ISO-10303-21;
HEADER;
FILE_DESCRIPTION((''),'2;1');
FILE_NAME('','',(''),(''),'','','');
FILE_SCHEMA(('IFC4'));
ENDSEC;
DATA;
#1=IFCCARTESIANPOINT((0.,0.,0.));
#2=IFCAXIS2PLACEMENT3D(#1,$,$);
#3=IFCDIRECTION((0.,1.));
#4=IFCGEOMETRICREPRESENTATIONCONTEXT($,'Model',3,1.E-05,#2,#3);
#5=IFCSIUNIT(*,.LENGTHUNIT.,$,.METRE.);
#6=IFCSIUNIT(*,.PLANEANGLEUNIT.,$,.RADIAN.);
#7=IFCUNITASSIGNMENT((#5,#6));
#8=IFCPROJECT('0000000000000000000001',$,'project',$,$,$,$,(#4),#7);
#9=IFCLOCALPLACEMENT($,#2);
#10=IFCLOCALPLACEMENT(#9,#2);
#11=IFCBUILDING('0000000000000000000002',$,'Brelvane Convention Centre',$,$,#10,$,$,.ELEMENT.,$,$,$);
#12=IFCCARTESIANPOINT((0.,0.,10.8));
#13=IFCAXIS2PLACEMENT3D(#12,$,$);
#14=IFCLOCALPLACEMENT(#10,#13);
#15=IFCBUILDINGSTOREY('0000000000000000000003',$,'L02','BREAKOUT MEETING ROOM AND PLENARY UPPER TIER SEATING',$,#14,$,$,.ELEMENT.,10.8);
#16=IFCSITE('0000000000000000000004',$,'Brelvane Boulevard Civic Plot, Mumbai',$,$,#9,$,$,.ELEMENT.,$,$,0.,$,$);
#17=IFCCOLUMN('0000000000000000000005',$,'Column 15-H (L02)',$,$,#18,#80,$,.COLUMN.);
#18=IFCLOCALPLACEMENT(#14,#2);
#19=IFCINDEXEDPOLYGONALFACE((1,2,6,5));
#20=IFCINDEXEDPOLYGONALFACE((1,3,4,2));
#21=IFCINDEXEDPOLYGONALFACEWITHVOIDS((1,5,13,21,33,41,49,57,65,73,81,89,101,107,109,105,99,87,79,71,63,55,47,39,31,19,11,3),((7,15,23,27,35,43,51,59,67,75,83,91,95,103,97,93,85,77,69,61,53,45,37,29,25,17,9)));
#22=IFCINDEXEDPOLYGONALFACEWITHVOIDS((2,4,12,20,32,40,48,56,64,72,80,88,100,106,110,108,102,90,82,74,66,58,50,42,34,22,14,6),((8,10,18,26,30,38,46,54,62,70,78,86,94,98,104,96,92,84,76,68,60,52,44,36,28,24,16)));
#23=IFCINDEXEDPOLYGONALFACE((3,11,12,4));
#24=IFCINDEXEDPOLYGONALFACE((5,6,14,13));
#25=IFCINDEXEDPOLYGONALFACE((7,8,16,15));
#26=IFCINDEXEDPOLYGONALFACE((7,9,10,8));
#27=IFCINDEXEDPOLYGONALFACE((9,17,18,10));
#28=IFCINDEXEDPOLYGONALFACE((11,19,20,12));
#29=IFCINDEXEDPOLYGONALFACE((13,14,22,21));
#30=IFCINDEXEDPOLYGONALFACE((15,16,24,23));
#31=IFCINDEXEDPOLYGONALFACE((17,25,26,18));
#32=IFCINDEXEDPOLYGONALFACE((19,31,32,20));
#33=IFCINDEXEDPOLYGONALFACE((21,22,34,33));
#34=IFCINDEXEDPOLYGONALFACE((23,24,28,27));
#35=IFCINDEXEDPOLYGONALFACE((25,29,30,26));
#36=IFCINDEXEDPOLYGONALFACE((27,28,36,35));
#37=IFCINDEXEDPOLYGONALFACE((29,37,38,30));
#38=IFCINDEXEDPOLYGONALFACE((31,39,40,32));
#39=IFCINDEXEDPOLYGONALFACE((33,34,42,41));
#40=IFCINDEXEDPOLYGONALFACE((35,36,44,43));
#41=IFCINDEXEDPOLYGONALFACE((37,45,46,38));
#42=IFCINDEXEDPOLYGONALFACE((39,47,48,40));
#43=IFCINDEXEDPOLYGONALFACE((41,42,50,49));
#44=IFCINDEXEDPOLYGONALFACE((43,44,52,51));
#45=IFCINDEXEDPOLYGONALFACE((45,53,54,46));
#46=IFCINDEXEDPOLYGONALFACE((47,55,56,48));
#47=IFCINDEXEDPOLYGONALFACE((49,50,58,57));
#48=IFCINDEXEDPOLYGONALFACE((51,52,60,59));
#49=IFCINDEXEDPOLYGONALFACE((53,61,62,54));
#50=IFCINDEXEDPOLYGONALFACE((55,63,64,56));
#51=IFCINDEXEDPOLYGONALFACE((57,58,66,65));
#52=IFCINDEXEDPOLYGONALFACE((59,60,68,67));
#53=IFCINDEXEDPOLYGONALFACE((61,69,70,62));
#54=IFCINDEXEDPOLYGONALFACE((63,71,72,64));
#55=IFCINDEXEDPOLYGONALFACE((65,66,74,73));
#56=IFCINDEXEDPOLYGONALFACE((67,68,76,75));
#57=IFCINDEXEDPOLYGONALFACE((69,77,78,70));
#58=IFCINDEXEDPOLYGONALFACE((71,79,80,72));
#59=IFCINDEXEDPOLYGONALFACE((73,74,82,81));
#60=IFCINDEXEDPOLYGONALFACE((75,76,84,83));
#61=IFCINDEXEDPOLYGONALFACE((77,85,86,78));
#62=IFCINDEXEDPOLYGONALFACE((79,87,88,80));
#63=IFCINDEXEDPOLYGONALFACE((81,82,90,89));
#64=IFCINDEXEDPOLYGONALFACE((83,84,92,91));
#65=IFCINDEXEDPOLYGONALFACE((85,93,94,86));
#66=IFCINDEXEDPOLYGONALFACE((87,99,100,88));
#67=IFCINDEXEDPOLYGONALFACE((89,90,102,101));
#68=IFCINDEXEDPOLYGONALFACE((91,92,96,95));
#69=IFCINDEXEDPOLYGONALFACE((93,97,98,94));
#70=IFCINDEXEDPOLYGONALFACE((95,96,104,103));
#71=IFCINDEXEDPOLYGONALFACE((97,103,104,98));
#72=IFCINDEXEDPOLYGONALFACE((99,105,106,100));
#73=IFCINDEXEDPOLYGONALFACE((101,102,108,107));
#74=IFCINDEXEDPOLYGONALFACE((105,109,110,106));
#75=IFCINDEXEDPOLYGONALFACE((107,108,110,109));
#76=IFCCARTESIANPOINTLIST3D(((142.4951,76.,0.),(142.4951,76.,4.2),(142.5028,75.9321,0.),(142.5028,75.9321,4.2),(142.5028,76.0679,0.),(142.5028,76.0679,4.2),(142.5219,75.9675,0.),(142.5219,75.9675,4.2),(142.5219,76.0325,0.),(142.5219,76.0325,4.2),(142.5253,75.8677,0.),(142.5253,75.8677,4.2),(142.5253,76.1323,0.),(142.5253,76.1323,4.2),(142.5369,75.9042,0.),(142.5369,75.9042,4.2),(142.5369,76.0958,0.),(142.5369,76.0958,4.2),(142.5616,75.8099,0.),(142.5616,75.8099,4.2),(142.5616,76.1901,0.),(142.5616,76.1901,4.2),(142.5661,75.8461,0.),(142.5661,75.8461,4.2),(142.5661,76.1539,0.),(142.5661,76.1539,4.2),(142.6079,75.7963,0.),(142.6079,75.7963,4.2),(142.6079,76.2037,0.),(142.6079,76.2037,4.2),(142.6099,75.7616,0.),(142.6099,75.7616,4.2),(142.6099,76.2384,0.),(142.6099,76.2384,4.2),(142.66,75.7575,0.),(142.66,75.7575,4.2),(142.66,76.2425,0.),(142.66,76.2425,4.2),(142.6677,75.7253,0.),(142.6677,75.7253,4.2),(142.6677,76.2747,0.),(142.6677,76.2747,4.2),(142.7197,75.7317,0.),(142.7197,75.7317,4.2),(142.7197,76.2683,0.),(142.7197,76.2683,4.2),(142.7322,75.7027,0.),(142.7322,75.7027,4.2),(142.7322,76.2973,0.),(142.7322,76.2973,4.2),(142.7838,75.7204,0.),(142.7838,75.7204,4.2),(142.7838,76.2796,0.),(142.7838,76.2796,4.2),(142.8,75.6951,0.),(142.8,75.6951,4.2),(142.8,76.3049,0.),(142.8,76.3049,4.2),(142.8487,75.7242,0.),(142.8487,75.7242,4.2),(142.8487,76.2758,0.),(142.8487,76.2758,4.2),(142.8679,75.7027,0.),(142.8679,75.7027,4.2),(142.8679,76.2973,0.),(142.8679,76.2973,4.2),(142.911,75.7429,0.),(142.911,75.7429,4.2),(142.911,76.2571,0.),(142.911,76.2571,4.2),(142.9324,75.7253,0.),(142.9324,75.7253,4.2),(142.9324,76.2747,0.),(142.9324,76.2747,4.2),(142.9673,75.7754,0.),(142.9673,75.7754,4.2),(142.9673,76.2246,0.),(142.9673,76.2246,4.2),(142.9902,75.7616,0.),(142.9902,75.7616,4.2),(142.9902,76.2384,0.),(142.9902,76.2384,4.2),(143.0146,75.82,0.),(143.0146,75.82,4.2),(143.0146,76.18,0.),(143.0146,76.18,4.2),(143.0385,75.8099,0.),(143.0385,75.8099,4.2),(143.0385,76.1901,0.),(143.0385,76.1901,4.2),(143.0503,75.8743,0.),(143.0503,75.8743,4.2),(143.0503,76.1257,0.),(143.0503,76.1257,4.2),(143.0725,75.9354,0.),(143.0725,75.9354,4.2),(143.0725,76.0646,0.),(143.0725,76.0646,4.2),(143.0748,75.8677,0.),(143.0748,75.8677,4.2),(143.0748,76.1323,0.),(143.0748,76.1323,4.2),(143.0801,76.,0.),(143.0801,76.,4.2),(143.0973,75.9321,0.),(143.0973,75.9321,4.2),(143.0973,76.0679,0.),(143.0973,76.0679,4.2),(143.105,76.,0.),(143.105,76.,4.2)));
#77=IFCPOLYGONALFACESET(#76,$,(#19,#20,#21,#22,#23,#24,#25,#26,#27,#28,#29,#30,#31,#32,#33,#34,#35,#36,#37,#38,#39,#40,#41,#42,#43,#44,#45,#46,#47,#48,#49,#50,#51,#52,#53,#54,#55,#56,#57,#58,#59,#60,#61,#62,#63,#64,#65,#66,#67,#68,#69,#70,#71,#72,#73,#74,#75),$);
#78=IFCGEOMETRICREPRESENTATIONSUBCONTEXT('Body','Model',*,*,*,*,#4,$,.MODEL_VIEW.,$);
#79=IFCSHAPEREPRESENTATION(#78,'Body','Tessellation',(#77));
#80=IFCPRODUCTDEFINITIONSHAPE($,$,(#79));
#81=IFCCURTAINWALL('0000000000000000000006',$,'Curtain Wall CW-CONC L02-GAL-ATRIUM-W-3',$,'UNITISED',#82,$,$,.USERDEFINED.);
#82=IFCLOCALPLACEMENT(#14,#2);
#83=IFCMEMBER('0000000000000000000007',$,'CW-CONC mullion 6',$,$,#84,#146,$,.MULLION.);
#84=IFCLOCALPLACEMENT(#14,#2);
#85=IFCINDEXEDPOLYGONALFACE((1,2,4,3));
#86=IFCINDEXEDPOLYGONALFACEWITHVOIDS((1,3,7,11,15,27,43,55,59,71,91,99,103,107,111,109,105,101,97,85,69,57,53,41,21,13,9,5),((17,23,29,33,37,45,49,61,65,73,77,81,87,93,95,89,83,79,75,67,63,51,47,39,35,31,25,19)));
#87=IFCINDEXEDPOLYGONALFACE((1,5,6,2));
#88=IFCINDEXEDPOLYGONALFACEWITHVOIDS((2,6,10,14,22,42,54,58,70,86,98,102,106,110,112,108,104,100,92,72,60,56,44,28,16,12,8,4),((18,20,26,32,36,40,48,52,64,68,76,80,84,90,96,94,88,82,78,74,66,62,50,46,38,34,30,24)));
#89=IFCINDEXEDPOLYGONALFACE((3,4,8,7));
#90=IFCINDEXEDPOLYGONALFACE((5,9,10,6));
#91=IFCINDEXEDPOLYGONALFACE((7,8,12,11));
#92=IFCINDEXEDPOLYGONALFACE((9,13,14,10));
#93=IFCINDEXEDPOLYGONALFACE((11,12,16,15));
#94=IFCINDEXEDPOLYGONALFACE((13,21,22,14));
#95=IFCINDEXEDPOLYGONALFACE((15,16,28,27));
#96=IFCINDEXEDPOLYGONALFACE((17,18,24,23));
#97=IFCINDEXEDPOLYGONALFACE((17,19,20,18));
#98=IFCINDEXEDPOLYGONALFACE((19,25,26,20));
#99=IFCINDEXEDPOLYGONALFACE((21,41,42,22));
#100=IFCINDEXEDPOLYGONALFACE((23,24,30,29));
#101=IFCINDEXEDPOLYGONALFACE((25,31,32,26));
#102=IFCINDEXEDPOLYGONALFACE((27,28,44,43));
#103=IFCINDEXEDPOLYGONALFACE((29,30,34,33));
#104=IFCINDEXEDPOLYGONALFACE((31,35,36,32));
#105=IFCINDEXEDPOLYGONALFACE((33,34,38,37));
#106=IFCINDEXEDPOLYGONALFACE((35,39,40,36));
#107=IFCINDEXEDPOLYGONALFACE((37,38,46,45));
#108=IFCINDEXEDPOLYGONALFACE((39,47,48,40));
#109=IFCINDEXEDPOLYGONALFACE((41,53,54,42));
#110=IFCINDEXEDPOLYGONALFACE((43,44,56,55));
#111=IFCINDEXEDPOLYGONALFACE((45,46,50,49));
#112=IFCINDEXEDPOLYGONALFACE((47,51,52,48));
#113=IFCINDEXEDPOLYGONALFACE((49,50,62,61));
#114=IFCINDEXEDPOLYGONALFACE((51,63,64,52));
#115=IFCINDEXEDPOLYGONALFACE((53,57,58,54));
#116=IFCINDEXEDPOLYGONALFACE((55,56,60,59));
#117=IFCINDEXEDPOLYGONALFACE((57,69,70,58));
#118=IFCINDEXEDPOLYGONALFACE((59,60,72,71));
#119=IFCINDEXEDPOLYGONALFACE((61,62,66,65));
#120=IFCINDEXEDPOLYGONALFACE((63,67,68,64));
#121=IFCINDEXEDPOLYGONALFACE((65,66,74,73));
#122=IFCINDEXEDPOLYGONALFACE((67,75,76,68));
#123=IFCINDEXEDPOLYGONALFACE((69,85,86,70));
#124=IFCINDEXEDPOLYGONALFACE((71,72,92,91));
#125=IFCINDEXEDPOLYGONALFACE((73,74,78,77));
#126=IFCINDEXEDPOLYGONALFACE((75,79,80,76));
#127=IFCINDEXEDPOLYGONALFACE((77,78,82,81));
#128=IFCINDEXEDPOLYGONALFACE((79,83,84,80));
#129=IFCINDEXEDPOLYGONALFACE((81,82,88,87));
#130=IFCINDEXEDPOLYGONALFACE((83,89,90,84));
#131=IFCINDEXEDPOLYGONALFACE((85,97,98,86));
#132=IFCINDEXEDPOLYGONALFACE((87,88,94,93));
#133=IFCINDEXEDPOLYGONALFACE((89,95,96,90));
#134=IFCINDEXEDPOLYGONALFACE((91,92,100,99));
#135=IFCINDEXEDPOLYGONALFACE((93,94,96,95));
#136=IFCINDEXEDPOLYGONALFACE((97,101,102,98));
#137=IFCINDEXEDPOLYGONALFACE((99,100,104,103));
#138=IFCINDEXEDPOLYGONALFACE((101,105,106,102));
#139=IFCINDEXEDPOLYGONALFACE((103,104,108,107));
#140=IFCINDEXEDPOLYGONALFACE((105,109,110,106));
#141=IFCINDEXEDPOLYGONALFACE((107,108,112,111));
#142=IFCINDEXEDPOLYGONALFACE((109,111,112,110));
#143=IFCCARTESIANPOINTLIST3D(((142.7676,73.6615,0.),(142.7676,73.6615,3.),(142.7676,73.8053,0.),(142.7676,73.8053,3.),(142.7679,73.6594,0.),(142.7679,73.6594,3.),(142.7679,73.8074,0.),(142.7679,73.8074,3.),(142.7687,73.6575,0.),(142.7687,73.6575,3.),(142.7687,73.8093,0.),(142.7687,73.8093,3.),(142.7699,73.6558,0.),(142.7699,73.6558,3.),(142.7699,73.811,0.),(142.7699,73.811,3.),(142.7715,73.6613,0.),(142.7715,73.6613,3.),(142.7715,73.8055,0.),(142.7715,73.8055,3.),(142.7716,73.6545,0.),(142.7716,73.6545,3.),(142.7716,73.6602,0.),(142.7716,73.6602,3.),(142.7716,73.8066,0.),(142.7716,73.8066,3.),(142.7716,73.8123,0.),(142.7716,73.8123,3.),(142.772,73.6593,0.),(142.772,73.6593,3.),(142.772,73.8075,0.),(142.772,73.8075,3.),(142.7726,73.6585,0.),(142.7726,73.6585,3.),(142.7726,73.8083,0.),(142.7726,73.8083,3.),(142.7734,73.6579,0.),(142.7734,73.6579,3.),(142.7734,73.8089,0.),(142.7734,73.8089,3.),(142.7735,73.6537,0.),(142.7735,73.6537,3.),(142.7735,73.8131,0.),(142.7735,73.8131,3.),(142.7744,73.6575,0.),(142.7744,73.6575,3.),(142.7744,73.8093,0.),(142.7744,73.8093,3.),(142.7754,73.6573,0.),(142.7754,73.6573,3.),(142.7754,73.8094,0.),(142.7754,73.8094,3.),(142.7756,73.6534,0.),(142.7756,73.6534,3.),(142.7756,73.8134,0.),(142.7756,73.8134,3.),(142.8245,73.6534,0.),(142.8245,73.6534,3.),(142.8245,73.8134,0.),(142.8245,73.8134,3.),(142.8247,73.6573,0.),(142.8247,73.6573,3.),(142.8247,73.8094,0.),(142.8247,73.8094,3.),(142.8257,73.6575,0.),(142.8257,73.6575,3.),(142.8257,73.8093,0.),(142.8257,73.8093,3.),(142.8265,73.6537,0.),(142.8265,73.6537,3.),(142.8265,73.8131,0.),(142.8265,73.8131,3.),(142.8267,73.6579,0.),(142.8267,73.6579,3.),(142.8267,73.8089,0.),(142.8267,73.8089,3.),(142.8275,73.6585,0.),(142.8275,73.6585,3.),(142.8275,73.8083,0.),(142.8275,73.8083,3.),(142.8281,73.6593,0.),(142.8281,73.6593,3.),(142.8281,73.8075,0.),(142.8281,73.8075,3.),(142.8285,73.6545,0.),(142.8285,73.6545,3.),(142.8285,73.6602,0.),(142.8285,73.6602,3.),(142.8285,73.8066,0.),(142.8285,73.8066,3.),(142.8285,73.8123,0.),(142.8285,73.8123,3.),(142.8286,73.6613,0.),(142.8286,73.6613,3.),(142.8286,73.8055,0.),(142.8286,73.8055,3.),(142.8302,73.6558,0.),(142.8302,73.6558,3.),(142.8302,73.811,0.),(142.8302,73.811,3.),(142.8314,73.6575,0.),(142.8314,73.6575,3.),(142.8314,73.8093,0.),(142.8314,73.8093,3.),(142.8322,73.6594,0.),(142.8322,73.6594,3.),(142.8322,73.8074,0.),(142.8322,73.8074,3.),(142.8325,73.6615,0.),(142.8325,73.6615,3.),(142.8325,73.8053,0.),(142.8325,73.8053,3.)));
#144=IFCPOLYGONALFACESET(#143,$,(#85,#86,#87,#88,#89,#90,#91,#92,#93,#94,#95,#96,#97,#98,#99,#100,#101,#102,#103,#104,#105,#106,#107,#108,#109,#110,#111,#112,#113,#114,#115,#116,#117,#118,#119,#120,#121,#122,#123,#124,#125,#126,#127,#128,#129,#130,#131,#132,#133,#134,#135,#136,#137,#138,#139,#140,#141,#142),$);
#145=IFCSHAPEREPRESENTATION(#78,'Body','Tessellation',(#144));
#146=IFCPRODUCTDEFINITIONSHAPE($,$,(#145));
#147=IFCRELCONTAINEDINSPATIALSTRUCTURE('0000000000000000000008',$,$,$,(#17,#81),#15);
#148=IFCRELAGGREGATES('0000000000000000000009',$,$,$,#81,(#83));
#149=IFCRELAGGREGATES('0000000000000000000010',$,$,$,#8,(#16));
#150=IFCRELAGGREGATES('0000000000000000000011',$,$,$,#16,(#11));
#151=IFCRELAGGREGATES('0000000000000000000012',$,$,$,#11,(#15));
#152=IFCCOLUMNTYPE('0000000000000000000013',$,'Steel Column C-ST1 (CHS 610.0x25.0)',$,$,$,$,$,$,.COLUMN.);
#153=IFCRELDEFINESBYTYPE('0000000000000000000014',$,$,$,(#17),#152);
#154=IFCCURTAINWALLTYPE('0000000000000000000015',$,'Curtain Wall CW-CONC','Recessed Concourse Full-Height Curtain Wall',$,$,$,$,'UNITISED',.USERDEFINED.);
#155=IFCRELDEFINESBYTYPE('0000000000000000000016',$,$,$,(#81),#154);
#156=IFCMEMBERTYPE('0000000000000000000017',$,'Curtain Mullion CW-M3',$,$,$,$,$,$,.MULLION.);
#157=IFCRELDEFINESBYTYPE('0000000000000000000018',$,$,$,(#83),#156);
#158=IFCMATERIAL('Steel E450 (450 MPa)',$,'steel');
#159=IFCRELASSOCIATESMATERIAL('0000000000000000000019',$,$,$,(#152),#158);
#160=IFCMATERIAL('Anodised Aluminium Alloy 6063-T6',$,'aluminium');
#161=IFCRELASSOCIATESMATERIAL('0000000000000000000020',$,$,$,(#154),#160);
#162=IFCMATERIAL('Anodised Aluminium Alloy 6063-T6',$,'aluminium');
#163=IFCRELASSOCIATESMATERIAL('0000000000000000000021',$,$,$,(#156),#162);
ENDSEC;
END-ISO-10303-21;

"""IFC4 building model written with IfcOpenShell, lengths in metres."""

from ifc_helpers import new_model, si_unit, direction, frame, origin, origin_2d, place, context, subcontext, project, spatial, hollow_rectangle, hollow_circle, extrude, material, material_profile, profile_set, type_object, element, aggregate, save


model = new_model("IFC4")

# Units and contexts
model_context = context("Model", 3, precision=1e-05, world=origin(), true_north=direction((0.0, 1.0)))
body_context = subcontext(model_context, "Body", "Model", "MODEL_VIEW")
ifc_project = project(units=[si_unit("LENGTHUNIT", "METRE"), si_unit("PLANEANGLEUNIT", "RADIAN")], contexts=[model_context])

# Site, building, storey
site_placement = place(None, origin())
site = spatial("IfcSite", under=ifc_project, at=site_placement, Name="Brelvane Boulevard Civic Plot, Mumbai", CompositionType="ELEMENT", RefElevation=0.0)
building_placement = place(site_placement, origin())
building = spatial("IfcBuilding", under=site, at=building_placement, Name="Brelvane Convention Centre", CompositionType="ELEMENT")
storey_placement = place(building_placement, frame((0.0, 0.0, 10.8)))
storey = spatial("IfcBuildingStorey", under=building, at=storey_placement, Name="L02", Description="BREAKOUT MEETING ROOM AND PLENARY UPPER TIER SEATING", CompositionType="ELEMENT", Elevation=10.8)

# Column
ifc_material_1 = material(Name="Steel E450 (450 MPa)", Category="steel")
ifc_material_profile_1 = material_profile(ifc_material_1, hollow_circle(Radius=0.3049, WallThickness=0.0249, at=origin_2d()), Name="CHS 610.0x25.0")
ifc_profile_set_1 = profile_set([ifc_material_profile_1], Name="Steel E450 (450 MPa)")
column_type = type_object("IfcColumnType", Name="Steel Column C-ST1 (CHS 610.0x25.0)", PredefinedType="COLUMN", material=ifc_profile_set_1)
column_placement = place(storey_placement, frame((142.8, 76.0, 0.0), z_axis=(0.0, 0.0, 1.0), x_axis=(1.0, 0.0, 0.0)))
element("IfcColumn", 1, at=column_placement, inside=storey, type_object=column_type, Name="Column 15-H (L02)", PredefinedType="COLUMN", context=body_context, shape_type="SweptSolid", body=[
    extrude(hollow_circle(Radius=0.3049, WallThickness=0.0249, at=origin_2d()), origin(), (0.0, 0.0, 1.0), 4.2),
])

# Curtain wall, member
ifc_material_2 = material(Name="Anodised Aluminium Alloy 6063-T6", Category="aluminium")
curtain_wall_type = type_object("IfcCurtainWallType", Name="Curtain Wall CW-CONC", Description="Recessed Concourse Full-Height Curtain Wall", ElementType="UNITISED", PredefinedType="USERDEFINED", material=ifc_material_2)
curtain_wall_1_placement = place(storey_placement, origin())
curtain_wall_1 = element("IfcCurtainWall", 2, at=curtain_wall_1_placement, inside=storey, type_object=curtain_wall_type, Name="Curtain Wall CW-CONC L02-GAL-ATRIUM-W-3", ObjectType="UNITISED", PredefinedType="USERDEFINED")
ifc_material_3 = material(Name="Anodised Aluminium Alloy 6063-T6", Category="aluminium")
ifc_material_profile_2 = material_profile(ifc_material_3, hollow_rectangle(XDim=0.0649, YDim=0.1599, WallThickness=0.0039, InnerFilletRadius=0.0039, OuterFilletRadius=0.0081, at=origin_2d()), Name="ALU-M 160x65x4.0")
ifc_profile_set_2 = profile_set([ifc_material_profile_2], Name="Anodised Aluminium Alloy 6063-T6")
member_type_1 = type_object("IfcMemberType", Name="Curtain Mullion CW-M3", PredefinedType="MULLION", material=ifc_profile_set_2)
member_1_placement = place(storey_placement, frame((142.8, 73.7334, 0.0), z_axis=(0.0, 0.0, 1.0), x_axis=(-1.0, 0.0, 0.0)))
member_1 = element("IfcMember", 3, at=member_1_placement, type_object=member_type_1, Name="CW-CONC mullion 6", PredefinedType="MULLION", context=body_context, shape_type="SweptSolid", body=[
    extrude(hollow_rectangle(XDim=0.0649, YDim=0.1599, WallThickness=0.0039, InnerFilletRadius=0.0039, OuterFilletRadius=0.0081, at=origin_2d()), origin(), (0.0, 0.0, 1.0), 3.0),
])

aggregate(curtain_wall_1, [member_1])

save(model, "model.ifc")
